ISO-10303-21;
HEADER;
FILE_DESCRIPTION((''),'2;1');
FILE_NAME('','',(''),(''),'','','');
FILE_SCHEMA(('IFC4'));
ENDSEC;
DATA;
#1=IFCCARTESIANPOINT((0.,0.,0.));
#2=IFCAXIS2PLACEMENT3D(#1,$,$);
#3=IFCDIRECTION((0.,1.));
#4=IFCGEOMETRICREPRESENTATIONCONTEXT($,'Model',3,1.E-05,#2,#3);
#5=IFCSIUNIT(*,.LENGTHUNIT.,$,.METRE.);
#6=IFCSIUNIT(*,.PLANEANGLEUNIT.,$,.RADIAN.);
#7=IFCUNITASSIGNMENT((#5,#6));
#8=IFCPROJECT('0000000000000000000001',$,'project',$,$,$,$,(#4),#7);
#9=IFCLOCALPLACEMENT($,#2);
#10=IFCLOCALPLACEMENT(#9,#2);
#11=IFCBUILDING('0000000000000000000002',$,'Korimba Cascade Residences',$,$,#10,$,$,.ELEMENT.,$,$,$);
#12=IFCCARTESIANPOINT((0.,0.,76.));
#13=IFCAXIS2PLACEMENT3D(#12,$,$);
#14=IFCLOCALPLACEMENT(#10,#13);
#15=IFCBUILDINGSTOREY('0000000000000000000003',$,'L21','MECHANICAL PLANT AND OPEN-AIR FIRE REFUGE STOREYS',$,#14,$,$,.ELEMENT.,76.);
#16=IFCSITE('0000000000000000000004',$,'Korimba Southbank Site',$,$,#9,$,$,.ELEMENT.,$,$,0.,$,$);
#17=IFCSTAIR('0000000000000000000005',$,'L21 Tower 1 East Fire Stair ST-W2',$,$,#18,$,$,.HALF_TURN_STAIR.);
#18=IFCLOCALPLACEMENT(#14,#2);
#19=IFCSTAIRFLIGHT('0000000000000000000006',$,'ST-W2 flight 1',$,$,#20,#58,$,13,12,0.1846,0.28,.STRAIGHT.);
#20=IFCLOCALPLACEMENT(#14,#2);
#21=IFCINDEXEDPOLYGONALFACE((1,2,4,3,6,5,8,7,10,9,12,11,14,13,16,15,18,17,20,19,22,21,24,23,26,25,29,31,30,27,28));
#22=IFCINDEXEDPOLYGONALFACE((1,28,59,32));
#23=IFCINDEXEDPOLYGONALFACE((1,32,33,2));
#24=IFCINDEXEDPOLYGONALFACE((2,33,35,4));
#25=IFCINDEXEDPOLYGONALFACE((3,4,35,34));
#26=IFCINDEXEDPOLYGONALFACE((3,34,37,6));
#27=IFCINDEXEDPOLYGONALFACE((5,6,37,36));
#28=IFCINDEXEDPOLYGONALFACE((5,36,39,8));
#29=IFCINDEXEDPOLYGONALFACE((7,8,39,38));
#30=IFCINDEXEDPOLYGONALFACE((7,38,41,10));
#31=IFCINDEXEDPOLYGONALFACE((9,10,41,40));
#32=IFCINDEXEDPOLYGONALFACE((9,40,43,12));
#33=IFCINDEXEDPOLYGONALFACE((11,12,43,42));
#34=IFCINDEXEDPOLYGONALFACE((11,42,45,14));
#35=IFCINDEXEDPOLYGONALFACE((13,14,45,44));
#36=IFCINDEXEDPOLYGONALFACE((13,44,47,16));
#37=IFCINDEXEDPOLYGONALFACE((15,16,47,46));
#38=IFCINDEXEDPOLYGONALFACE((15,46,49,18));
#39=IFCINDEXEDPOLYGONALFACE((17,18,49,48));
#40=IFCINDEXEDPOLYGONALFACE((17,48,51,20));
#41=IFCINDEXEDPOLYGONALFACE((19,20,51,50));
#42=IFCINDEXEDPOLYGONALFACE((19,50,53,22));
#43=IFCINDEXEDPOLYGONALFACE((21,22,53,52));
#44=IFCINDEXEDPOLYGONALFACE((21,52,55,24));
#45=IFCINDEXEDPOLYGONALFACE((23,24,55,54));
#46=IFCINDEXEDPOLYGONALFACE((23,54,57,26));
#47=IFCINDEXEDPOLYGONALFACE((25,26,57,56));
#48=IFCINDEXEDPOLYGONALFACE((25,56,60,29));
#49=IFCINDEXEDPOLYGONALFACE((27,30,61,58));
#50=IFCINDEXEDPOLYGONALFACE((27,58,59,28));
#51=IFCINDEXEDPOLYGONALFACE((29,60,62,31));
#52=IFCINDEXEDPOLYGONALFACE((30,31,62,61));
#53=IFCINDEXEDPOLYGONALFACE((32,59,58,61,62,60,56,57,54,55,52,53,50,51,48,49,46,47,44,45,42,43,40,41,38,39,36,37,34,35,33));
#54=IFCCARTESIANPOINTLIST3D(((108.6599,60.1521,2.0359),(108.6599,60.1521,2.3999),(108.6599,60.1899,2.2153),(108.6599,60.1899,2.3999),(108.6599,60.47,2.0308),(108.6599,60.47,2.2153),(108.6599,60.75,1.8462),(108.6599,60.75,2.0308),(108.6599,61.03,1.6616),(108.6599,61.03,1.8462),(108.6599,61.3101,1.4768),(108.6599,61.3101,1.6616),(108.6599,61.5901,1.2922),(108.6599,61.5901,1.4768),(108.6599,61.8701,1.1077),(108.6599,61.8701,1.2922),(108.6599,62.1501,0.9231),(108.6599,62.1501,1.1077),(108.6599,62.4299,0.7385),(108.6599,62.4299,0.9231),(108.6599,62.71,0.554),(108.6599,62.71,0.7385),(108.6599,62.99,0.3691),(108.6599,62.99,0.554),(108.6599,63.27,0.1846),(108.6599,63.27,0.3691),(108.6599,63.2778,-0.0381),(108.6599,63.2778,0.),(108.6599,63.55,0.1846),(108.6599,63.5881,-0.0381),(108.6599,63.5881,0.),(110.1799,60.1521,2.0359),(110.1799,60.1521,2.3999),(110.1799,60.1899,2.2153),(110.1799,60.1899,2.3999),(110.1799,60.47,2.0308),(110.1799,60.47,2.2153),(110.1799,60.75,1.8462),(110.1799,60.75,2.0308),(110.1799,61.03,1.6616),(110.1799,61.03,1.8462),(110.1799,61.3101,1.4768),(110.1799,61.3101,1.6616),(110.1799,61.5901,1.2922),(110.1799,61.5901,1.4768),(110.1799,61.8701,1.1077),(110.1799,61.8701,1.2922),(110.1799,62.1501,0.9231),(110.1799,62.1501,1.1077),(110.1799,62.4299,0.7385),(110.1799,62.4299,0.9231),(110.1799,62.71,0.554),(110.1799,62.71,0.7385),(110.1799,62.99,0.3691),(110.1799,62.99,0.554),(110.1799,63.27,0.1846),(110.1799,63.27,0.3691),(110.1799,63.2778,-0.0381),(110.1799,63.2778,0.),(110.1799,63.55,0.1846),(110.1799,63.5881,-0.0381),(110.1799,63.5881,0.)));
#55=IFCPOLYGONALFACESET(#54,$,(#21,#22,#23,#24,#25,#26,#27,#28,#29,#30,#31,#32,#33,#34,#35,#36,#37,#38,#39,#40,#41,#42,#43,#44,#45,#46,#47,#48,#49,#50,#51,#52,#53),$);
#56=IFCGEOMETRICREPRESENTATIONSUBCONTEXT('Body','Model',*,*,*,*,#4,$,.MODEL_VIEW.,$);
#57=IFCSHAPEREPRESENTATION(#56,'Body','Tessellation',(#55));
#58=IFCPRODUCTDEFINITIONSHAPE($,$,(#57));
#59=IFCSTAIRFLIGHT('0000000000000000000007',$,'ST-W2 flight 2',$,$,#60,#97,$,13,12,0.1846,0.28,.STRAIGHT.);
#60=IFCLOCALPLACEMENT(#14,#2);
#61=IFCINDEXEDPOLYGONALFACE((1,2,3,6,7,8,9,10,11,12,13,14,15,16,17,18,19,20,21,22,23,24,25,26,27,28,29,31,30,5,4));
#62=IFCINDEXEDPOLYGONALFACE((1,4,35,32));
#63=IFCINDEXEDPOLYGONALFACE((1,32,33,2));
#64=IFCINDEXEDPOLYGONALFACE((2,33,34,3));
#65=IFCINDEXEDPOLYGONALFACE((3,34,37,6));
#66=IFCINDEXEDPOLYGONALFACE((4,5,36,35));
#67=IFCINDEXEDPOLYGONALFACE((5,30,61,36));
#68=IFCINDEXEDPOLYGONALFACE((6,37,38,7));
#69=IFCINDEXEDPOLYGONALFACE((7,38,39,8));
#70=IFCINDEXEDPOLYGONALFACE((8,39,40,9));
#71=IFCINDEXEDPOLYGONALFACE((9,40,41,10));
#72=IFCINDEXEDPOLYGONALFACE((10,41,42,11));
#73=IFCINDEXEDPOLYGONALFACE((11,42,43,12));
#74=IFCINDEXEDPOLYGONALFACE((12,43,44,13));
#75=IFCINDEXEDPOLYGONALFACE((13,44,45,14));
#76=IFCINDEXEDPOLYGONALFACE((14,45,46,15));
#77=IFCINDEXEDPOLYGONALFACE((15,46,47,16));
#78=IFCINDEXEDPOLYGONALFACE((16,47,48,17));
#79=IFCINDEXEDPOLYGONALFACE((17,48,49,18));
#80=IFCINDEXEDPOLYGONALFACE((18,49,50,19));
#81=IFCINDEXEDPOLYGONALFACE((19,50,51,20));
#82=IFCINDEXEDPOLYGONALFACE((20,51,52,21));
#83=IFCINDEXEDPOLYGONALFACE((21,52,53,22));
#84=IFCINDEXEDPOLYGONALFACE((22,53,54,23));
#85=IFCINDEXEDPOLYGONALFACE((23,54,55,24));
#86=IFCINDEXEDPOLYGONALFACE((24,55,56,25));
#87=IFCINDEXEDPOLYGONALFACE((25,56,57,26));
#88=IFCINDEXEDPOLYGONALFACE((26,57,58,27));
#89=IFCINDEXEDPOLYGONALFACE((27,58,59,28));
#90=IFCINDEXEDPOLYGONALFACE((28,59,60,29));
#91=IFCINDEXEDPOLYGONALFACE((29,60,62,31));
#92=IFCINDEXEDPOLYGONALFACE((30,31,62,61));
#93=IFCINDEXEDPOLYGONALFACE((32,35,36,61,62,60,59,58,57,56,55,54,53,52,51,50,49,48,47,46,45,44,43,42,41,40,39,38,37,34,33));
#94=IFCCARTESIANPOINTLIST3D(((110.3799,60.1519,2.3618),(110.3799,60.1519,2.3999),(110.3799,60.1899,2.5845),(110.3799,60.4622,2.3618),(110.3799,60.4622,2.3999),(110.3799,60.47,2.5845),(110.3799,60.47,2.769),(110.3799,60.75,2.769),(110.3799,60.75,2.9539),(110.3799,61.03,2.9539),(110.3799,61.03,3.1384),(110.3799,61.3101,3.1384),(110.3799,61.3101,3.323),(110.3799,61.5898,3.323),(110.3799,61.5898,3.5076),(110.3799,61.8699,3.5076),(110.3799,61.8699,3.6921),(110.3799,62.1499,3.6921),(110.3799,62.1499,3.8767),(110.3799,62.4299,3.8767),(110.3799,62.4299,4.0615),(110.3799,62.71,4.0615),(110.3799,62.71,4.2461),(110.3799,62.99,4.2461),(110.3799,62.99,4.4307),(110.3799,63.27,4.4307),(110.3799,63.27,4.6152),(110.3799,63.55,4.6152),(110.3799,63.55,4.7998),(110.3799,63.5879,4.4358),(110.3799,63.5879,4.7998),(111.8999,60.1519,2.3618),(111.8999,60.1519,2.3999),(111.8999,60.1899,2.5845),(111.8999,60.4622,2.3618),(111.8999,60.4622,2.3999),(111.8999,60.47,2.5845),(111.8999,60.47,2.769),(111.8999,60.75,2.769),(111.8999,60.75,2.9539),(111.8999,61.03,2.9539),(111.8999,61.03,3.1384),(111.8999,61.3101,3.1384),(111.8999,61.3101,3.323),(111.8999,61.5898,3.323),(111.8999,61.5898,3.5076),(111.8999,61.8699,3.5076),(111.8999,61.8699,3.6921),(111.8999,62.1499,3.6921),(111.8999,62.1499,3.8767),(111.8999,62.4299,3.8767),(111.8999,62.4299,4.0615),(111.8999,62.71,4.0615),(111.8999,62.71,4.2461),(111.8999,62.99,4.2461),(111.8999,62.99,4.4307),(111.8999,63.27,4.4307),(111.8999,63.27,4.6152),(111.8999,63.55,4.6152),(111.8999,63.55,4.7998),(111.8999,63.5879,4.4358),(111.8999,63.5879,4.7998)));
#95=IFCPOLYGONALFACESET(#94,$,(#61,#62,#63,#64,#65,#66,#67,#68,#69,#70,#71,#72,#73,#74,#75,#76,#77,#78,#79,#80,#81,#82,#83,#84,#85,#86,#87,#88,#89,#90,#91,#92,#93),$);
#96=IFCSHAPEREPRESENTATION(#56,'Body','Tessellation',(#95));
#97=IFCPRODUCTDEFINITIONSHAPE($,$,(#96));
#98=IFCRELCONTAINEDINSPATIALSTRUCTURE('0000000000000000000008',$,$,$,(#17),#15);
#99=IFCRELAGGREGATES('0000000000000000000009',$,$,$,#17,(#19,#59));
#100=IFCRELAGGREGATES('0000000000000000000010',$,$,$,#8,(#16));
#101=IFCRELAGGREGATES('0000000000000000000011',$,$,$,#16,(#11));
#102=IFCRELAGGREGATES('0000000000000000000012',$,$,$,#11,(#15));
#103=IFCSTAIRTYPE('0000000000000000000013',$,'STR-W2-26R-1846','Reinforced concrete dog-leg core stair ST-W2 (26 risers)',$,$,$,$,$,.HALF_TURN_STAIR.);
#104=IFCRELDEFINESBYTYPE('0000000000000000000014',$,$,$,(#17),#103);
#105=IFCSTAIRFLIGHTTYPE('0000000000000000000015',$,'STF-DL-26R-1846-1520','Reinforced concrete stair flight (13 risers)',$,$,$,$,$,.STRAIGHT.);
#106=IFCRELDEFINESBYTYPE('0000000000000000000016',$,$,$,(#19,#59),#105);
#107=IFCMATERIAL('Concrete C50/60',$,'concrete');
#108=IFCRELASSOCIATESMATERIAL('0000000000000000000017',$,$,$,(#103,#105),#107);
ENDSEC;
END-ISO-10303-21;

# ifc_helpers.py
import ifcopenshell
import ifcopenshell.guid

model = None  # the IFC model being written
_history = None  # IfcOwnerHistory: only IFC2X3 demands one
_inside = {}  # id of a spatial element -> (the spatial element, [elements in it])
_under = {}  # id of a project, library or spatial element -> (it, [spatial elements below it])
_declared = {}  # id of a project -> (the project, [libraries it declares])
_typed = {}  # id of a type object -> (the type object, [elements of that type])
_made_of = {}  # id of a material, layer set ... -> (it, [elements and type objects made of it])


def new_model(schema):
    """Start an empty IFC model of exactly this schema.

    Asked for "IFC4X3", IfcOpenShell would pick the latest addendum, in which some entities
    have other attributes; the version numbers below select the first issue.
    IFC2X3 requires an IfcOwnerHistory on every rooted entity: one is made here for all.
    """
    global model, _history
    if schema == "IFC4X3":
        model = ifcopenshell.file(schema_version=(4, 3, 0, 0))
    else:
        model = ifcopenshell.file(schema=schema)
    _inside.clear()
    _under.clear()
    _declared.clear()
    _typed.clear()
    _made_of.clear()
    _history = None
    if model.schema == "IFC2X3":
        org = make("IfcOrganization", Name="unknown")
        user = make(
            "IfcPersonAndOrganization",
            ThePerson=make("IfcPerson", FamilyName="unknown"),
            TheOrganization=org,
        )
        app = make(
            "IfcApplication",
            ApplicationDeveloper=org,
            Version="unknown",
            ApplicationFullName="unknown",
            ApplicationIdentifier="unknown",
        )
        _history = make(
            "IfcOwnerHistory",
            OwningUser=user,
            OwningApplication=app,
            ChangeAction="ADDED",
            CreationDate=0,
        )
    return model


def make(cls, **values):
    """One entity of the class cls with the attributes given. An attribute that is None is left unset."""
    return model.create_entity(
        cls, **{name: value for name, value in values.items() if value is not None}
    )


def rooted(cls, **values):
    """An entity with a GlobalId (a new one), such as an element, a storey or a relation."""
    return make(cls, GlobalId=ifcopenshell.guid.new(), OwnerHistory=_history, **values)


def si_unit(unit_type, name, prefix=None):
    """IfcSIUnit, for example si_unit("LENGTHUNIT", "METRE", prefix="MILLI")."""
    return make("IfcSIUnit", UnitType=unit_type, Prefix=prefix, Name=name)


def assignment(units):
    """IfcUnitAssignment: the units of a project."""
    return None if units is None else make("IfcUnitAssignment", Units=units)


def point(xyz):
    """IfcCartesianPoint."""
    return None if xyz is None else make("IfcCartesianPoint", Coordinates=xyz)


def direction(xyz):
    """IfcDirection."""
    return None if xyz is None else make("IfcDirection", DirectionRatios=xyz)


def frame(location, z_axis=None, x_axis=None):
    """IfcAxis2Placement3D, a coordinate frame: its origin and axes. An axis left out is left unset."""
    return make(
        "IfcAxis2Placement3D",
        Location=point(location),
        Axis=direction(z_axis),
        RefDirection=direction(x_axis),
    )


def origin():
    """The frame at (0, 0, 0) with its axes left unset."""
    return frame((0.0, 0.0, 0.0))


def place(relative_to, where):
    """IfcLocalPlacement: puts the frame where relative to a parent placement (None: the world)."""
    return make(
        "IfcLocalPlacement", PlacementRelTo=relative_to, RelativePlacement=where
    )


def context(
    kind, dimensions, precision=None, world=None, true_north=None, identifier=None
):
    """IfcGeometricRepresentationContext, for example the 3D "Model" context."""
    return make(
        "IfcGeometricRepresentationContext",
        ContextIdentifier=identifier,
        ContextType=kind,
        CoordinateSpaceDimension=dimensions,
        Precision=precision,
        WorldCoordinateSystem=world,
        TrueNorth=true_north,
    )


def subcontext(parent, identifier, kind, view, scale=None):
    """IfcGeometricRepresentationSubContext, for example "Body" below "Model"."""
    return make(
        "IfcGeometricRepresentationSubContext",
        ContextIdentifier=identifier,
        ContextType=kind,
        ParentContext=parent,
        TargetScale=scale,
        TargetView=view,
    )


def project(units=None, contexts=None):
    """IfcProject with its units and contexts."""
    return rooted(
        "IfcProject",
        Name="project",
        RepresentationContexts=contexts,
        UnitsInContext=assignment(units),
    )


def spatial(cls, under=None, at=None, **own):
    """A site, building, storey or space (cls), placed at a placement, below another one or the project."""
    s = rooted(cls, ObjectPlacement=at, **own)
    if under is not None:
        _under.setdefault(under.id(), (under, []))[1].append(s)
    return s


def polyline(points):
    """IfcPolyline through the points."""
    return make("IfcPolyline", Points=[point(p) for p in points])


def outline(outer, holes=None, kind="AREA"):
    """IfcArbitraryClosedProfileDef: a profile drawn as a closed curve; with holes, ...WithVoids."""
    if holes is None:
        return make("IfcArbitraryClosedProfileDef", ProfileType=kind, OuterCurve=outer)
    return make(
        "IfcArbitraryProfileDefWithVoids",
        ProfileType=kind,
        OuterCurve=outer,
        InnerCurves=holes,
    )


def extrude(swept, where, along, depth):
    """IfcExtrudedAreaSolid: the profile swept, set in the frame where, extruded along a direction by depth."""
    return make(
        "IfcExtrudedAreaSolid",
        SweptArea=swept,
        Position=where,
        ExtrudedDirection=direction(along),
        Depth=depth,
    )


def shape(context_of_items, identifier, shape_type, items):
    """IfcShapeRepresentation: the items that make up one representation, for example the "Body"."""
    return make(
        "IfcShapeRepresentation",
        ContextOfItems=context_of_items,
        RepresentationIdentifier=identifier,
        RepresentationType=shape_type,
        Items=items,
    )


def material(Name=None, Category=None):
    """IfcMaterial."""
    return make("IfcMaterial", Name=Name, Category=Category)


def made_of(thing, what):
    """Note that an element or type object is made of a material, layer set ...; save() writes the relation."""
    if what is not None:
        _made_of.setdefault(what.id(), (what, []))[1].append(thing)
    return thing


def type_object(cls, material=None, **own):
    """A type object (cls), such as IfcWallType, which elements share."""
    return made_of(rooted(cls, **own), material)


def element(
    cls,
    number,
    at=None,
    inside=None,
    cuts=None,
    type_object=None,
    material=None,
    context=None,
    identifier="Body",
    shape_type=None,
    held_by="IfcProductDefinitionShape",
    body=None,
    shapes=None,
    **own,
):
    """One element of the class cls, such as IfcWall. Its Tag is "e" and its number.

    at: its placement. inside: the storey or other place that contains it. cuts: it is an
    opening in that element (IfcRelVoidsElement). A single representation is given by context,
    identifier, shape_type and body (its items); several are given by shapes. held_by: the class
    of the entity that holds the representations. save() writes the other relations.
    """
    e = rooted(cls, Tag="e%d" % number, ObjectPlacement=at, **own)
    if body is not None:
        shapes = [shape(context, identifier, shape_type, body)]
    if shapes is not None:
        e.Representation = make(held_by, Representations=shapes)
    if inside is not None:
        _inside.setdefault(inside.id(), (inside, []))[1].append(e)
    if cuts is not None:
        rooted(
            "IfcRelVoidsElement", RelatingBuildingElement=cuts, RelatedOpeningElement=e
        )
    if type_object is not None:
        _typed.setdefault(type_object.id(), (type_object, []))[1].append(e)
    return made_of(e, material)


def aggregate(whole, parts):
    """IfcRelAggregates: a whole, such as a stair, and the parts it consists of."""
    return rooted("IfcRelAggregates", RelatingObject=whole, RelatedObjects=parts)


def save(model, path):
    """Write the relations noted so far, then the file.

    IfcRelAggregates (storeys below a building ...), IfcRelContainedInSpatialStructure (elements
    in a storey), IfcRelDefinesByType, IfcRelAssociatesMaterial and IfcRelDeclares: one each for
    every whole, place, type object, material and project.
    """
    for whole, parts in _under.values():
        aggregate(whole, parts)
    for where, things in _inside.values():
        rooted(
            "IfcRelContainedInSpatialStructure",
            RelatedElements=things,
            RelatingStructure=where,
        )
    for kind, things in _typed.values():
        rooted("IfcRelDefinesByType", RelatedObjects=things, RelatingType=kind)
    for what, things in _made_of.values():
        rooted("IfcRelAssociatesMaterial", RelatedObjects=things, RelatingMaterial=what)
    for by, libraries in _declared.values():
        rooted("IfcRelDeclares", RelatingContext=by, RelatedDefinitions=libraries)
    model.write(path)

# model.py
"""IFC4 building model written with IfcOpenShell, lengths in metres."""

from ifc_helpers import new_model, si_unit, direction, frame, origin, place, context, subcontext, project, spatial, polyline, outline, extrude, material, type_object, element, aggregate, save


model = new_model("IFC4")

# Units and contexts
model_context = context("Model", 3, precision=1e-05, world=origin(), true_north=direction((0.0, 1.0)))
body_context = subcontext(model_context, "Body", "Model", "MODEL_VIEW")
ifc_project = project(units=[si_unit("LENGTHUNIT", "METRE"), si_unit("PLANEANGLEUNIT", "RADIAN")], contexts=[model_context])

# Site, building, storey
site_placement = place(None, origin())
site = spatial("IfcSite", under=ifc_project, at=site_placement, Name="Korimba Southbank Site", CompositionType="ELEMENT", RefElevation=0.0)
building_placement = place(site_placement, origin())
building = spatial("IfcBuilding", under=site, at=building_placement, Name="Korimba Cascade Residences", CompositionType="ELEMENT")
storey_placement = place(building_placement, frame((0.0, 0.0, 76.0)))
storey = spatial("IfcBuildingStorey", under=building, at=storey_placement, Name="L21", Description="MECHANICAL PLANT AND OPEN-AIR FIRE REFUGE STOREYS", CompositionType="ELEMENT", Elevation=76.0)

# Stair, stair flights
ifc_material_1 = material(Name="Concrete C50/60", Category="concrete")
stair_type = type_object("IfcStairType", Name="STR-W2-26R-1846", Description="Reinforced concrete dog-leg core stair ST-W2 (26 risers)", PredefinedType="HALF_TURN_STAIR", material=ifc_material_1)
stair_placement = place(storey_placement, origin())
stair = element("IfcStair", 1, at=stair_placement, inside=storey, type_object=stair_type, Name="L21 Tower 1 East Fire Stair ST-W2", PredefinedType="HALF_TURN_STAIR")
stair_flight_type = type_object("IfcStairFlightType", Name="STF-DL-26R-1846-1520", Description="Reinforced concrete stair flight (13 risers)", PredefinedType="STRAIGHT", material=ifc_material_1)
stair_flight_1_placement = place(storey_placement, frame((109.4199, 63.55, 0.0), z_axis=(0.0, 0.0, 1.0), x_axis=(0.0, -1.0, 0.0)))
stair_flight_1 = element("IfcStairFlight", 2, at=stair_flight_1_placement, type_object=stair_flight_type, Name="ST-W2 flight 1", NumberOfRisers=13, NumberOfTreads=12, PredefinedType="STRAIGHT", RiserHeight=0.1846, TreadLength=0.28, context=body_context, shape_type="SweptSolid", body=[
    extrude(outline(polyline([(-0.0381, 0.0), (0.0, 0.1846), (0.28, 0.1846), (0.28, 0.3691), (0.5601, 0.3691), (0.5601, 0.554), (0.8401, 0.554), (0.8401, 0.7385), (1.1201, 0.7385), (1.1201, 0.9231), (1.3999, 0.9231), (1.3999, 1.1077), (1.6799, 1.1077), (1.6799, 1.2922), (1.96, 1.2922), (1.96, 1.4768), (2.24, 1.4768), (2.24, 1.6616), (2.52, 1.6616), (2.52, 1.8462), (2.8, 1.8462), (2.8, 2.0308), (3.0801, 2.0308), (3.0801, 2.2153), (3.3601, 2.2153), (3.3601, 2.3999), (3.3979, 2.3999), (3.3979, 2.0359), (0.2722, 0.0), (0.2722, -0.0381), (-0.0381, -0.0381), (-0.0381, 0.0)])), frame((0.0, 0.76, 0.0), z_axis=(0.0, -1.0, 0.0), x_axis=(1.0, 0.0, 0.0)), (0.0, 0.0, 1.0), 1.52),
])
stair_flight_2_placement = place(storey_placement, frame((111.1399, 60.1899, 2.3999), z_axis=(0.0, 0.0, 1.0), x_axis=(0.0, 1.0, 0.0)))
stair_flight_2 = element("IfcStairFlight", 3, at=stair_flight_2_placement, type_object=stair_flight_type, Name="ST-W2 flight 2", NumberOfRisers=13, NumberOfTreads=12, PredefinedType="STRAIGHT", RiserHeight=0.1846, TreadLength=0.28, context=body_context, shape_type="SweptSolid", body=[
    extrude(outline(polyline([(-0.0381, 0.0), (0.0, 0.1846), (0.28, 0.1846), (0.28, 0.3691), (0.5601, 0.3691), (0.5601, 0.554), (0.8401, 0.554), (0.8401, 0.7385), (1.1201, 0.7385), (1.1201, 0.9231), (1.3999, 0.9231), (1.3999, 1.1077), (1.6799, 1.1077), (1.6799, 1.2922), (1.96, 1.2922), (1.96, 1.4768), (2.24, 1.4768), (2.24, 1.6616), (2.52, 1.6616), (2.52, 1.8462), (2.8, 1.8462), (2.8, 2.0308), (3.0801, 2.0308), (3.0801, 2.2153), (3.3601, 2.2153), (3.3601, 2.3999), (3.3979, 2.3999), (3.3979, 2.0359), (0.2722, 0.0), (0.2722, -0.0381), (-0.0381, -0.0381), (-0.0381, 0.0)])), frame((0.0, 0.76, 0.0), z_axis=(0.0, -1.0, 0.0), x_axis=(1.0, 0.0, 0.0)), (0.0, 0.0, 1.0), 1.52),
])
aggregate(stair, [stair_flight_1, stair_flight_2])

save(model, "model.ifc")
